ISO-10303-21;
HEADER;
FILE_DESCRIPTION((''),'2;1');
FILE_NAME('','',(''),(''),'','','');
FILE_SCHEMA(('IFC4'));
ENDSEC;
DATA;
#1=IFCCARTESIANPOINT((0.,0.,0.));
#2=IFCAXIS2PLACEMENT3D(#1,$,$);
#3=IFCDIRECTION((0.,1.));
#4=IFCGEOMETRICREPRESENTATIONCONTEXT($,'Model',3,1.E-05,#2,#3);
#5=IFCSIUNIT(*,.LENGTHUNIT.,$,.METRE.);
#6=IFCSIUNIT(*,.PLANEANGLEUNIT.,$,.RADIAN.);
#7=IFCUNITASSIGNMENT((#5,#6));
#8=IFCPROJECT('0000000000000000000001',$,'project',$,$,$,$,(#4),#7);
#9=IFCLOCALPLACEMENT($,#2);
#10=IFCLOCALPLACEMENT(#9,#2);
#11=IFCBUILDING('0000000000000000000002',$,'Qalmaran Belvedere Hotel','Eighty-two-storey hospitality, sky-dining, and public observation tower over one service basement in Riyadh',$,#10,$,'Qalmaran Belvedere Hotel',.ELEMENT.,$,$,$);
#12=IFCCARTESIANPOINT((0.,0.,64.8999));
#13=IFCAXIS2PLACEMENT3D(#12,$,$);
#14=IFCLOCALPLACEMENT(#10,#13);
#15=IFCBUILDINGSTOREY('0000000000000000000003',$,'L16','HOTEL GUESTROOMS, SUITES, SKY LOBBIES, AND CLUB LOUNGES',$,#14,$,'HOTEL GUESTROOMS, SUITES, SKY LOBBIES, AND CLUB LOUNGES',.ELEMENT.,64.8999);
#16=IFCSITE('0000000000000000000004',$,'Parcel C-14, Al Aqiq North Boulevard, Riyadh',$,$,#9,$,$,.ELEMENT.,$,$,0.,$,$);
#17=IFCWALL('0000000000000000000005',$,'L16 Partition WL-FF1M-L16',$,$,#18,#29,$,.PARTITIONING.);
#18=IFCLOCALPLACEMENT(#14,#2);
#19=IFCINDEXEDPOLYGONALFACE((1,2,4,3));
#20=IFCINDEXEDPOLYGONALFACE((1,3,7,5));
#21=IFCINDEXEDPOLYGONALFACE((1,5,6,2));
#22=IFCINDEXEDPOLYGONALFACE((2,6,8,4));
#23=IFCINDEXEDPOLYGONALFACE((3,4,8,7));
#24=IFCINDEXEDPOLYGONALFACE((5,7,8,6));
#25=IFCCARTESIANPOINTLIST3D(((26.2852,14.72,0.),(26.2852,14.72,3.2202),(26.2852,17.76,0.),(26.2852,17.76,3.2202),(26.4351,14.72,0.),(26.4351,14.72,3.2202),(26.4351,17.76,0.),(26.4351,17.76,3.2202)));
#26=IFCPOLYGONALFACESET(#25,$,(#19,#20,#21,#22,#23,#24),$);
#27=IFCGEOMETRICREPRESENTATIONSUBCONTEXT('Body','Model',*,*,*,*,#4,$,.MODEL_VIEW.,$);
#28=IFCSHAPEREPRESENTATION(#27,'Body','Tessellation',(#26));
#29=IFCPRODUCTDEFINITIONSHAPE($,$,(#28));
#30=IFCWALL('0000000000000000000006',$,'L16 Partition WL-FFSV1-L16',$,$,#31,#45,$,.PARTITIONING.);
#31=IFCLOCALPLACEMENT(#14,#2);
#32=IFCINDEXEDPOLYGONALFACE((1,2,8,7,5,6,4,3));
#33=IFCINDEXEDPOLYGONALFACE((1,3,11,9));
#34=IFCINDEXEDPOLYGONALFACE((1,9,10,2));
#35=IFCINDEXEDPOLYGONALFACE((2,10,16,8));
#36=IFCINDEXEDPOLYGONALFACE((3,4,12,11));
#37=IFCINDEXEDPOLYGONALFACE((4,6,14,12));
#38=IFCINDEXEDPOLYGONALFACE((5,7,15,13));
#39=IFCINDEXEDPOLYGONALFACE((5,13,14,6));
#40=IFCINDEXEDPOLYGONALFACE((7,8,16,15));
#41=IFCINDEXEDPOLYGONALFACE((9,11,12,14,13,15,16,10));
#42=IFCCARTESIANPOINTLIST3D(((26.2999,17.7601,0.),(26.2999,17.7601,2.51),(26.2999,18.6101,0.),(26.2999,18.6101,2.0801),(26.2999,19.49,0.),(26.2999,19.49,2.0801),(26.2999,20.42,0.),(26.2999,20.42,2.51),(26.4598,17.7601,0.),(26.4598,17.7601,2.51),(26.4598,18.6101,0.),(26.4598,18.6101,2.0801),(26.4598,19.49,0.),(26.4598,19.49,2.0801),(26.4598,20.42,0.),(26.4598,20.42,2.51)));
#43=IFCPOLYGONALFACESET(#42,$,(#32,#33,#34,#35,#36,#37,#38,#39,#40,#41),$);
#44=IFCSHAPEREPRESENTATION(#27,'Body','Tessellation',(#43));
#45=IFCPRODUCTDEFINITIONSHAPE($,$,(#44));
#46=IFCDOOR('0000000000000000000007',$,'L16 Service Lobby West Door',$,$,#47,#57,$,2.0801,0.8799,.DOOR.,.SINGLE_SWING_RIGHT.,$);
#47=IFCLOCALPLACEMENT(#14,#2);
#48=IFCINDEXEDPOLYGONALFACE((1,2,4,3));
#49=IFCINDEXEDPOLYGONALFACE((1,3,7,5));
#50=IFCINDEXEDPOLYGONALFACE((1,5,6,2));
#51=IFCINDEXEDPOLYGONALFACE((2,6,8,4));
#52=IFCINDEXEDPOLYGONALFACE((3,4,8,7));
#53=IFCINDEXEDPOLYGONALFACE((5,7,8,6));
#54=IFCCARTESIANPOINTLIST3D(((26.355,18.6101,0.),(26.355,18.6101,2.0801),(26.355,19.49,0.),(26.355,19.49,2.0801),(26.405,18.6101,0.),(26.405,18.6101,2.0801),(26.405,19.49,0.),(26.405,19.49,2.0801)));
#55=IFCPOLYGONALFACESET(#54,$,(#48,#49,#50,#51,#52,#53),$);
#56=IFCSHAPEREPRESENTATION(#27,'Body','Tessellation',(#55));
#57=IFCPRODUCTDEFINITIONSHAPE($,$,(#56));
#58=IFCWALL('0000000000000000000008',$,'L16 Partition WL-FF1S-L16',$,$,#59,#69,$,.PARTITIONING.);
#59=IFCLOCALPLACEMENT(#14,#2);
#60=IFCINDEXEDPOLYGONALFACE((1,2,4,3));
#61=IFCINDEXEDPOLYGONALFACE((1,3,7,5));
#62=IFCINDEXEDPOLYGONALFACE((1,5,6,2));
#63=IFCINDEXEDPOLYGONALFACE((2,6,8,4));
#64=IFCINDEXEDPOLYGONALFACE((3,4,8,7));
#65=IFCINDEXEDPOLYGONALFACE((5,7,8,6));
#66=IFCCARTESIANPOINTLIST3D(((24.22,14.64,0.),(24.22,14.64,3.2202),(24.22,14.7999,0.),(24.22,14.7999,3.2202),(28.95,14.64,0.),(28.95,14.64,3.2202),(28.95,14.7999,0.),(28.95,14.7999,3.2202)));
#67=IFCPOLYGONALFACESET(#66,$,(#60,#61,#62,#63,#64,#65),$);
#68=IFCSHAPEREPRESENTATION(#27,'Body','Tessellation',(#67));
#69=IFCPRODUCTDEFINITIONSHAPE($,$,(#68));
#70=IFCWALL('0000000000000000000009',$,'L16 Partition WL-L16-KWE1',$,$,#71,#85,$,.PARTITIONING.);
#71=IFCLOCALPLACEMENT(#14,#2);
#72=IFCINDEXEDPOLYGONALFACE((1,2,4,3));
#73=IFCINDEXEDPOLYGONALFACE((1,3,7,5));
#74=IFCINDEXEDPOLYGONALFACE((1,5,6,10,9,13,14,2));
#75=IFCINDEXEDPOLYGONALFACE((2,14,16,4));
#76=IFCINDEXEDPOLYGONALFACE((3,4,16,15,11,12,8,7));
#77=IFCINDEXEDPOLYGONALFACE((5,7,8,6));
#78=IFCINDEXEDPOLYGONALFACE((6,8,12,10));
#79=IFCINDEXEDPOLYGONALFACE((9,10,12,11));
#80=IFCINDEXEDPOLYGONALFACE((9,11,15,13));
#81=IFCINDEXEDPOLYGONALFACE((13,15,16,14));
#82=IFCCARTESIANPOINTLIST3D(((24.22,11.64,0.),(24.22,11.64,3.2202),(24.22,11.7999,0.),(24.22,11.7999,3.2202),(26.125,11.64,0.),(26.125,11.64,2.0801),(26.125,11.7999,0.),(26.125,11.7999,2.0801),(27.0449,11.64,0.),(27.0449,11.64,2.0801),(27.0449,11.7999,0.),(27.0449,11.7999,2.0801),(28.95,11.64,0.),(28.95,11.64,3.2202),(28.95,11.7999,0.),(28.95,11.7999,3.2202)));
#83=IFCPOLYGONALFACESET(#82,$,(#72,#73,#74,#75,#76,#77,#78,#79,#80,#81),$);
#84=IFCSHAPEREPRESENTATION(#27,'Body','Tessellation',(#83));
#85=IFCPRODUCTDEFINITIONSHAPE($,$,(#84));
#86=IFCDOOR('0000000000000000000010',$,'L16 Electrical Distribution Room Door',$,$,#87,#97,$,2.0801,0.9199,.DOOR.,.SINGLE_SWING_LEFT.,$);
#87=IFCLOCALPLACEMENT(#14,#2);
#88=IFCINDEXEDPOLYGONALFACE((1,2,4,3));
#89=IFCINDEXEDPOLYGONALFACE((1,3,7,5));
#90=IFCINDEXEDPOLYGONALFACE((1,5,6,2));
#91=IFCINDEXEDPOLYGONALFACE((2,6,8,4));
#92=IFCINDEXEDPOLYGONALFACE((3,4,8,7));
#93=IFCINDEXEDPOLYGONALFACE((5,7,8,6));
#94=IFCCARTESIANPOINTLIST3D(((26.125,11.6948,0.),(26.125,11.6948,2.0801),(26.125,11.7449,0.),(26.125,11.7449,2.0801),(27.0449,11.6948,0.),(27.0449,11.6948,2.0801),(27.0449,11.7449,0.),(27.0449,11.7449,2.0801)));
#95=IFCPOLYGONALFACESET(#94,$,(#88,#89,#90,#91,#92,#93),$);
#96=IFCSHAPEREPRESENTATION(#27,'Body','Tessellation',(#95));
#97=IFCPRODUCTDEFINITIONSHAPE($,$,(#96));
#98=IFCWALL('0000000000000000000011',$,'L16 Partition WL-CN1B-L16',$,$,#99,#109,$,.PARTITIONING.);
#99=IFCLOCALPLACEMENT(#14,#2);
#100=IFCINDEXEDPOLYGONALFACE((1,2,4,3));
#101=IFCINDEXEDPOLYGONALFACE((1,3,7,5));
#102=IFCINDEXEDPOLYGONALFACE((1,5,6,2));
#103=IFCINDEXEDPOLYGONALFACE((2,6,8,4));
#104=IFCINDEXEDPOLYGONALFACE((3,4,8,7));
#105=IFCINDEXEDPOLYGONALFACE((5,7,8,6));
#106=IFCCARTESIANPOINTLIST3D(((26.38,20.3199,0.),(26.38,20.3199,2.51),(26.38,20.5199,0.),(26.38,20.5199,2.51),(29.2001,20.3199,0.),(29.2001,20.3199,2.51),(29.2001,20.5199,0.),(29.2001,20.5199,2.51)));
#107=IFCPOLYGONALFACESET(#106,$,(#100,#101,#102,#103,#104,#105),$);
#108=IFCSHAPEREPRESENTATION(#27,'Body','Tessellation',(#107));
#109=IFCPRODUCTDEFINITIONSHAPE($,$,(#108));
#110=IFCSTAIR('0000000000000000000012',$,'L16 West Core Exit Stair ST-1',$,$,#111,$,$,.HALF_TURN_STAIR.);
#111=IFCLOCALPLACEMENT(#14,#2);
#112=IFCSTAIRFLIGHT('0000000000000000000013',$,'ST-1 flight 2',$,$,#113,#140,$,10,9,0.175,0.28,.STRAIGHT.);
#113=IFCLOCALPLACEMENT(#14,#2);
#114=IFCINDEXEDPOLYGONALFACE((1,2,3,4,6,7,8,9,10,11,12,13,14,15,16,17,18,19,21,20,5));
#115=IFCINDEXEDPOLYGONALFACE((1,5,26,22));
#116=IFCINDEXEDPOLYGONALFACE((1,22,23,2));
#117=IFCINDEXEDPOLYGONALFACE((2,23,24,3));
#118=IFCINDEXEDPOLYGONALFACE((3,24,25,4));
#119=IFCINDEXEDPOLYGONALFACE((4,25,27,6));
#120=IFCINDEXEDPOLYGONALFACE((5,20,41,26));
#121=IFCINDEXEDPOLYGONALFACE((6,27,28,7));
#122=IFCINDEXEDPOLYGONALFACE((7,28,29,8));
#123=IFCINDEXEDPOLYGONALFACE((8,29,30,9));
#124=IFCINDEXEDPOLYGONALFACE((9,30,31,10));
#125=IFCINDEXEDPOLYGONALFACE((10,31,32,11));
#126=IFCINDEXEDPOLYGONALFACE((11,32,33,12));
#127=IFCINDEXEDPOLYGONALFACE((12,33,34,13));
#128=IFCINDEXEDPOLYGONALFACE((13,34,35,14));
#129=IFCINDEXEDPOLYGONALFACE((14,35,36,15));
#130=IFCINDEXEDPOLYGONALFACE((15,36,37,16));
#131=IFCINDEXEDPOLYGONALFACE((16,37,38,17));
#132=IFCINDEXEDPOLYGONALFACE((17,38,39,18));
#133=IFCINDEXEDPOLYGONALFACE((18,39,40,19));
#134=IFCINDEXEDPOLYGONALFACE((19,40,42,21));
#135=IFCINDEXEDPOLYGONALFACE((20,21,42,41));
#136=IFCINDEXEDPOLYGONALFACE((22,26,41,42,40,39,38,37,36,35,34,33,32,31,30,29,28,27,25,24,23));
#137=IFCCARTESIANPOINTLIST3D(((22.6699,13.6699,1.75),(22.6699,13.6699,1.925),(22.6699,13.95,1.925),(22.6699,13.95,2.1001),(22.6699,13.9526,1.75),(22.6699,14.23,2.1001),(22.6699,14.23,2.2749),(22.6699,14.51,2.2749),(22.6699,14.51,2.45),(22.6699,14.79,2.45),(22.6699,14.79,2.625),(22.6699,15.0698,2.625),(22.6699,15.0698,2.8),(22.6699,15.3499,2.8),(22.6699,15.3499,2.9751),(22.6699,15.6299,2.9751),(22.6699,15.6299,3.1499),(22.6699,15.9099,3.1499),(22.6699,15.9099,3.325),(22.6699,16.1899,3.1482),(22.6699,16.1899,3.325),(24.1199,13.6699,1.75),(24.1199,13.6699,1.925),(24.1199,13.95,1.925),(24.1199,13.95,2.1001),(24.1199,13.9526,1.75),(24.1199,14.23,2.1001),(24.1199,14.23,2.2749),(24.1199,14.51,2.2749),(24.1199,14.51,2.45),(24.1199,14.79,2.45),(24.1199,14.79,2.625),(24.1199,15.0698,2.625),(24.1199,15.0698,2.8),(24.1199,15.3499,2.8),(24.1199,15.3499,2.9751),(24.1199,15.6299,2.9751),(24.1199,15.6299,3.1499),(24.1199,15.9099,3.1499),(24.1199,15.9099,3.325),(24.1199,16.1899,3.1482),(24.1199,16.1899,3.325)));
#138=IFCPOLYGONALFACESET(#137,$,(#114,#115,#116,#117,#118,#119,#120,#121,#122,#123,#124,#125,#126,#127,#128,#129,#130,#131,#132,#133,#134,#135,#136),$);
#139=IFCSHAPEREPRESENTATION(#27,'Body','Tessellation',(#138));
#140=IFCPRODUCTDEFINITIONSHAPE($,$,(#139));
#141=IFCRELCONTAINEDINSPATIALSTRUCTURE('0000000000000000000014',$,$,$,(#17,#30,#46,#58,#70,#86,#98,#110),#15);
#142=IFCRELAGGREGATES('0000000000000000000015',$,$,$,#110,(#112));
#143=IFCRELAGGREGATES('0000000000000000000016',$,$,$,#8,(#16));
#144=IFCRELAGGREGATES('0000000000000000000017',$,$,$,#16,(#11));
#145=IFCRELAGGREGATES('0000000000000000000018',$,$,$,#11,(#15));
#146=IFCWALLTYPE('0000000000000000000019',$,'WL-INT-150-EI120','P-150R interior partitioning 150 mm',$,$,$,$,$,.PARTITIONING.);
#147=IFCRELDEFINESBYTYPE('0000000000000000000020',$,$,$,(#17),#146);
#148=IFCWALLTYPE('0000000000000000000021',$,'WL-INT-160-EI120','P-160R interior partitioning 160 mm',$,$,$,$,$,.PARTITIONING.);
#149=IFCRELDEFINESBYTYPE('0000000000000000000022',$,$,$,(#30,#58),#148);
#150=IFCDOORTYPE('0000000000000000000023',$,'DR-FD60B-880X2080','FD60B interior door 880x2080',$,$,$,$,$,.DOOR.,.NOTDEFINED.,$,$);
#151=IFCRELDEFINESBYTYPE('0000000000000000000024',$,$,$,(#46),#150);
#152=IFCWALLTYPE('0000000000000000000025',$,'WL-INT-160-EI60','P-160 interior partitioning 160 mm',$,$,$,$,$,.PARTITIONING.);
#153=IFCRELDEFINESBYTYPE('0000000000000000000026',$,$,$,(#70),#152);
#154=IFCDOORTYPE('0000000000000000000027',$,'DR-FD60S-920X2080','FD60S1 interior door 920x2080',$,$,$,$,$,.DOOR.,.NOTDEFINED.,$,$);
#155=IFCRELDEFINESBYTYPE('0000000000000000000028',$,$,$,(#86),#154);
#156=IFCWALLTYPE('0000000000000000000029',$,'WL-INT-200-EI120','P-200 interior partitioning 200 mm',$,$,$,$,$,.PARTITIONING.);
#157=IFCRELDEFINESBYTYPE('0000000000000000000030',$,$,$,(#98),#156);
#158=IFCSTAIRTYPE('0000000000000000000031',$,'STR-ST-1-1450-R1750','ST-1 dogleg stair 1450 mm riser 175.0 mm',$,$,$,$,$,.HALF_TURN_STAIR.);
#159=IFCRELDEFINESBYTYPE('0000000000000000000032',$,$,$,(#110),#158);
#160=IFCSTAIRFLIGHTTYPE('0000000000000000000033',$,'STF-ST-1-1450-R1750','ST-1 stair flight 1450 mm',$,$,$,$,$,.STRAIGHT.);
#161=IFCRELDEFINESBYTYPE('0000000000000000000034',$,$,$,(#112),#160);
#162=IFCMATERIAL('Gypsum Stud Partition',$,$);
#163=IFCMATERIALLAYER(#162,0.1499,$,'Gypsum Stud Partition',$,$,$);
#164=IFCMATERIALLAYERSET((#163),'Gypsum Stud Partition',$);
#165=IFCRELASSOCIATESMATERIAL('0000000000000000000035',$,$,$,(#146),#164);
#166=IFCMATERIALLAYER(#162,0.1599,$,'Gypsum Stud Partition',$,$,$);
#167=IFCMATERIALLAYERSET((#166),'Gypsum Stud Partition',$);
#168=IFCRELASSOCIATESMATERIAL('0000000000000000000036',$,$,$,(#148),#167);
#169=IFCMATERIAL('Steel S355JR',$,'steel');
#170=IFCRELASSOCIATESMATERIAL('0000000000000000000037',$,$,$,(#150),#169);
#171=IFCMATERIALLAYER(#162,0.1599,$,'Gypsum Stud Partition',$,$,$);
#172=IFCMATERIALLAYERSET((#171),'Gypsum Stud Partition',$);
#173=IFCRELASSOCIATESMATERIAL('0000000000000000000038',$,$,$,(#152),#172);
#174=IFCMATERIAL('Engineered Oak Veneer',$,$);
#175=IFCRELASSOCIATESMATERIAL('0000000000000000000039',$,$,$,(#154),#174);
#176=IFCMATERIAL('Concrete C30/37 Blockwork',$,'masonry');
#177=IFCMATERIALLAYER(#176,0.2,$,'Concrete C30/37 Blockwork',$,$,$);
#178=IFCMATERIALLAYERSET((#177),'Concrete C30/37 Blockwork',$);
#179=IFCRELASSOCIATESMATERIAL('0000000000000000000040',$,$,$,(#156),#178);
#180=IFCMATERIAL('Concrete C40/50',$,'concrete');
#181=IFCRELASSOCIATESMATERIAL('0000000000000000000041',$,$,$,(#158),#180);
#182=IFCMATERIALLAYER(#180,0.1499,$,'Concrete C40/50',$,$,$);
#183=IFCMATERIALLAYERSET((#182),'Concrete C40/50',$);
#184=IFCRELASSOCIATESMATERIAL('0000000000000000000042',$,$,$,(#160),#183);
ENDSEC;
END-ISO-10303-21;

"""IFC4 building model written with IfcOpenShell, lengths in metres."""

from ifc_helpers import new_model, si_unit, direction, frame, frame_2d, origin, place, context, subcontext, project, spatial, polyline, rectangle, outline, extrude, material, layer, layer_set, type_object, element, fill, aggregate, save


model = new_model("IFC4")

# Units and contexts
model_context = context("Model", 3, precision=1e-05, world=origin(), true_north=direction((0.0, 1.0)))
body_context = subcontext(model_context, "Body", "Model", "MODEL_VIEW")
ifc_project = project(units=[si_unit("LENGTHUNIT", "METRE"), si_unit("PLANEANGLEUNIT", "RADIAN")], contexts=[model_context])

# Site, building, storey
site_placement = place(None, origin())
site = spatial("IfcSite", under=ifc_project, at=site_placement, Name="Parcel C-14, Al Aqiq North Boulevard, Riyadh", CompositionType="ELEMENT", RefElevation=0.0)
building_placement = place(site_placement, origin())
building = spatial("IfcBuilding", under=site, at=building_placement, Name="Qalmaran Belvedere Hotel", Description="Eighty-two-storey hospitality, sky-dining, and public observation tower over one service basement in Riyadh", LongName="Qalmaran Belvedere Hotel", CompositionType="ELEMENT")
storey_placement = place(building_placement, frame((0.0, 0.0, 64.8999)))
storey = spatial("IfcBuildingStorey", under=building, at=storey_placement, Name="L16", Description="HOTEL GUESTROOMS, SUITES, SKY LOBBIES, AND CLUB LOUNGES", LongName="HOTEL GUESTROOMS, SUITES, SKY LOBBIES, AND CLUB LOUNGES", CompositionType="ELEMENT", Elevation=64.8999)

# Wall
ifc_material_1 = material(Name="Gypsum Stud Partition")
ifc_layer_1 = layer(ifc_material_1, 0.1499, Name="Gypsum Stud Partition")
ifc_layer_set_1 = layer_set([ifc_layer_1], Name="Gypsum Stud Partition")
wall_type_1 = type_object("IfcWallType", Name="WL-INT-150-EI120", Description="P-150R interior partitioning 150 mm", PredefinedType="PARTITIONING", material=ifc_layer_set_1)
wall_1_placement = place(storey_placement, frame((26.3601, 14.72, 0.0), z_axis=(0.0, 0.0, 1.0), x_axis=(0.0, 1.0, 0.0)))
element("IfcWall", 1, at=wall_1_placement, inside=storey, type_object=wall_type_1, Name="L16 Partition WL-FF1M-L16", PredefinedType="PARTITIONING", context=body_context, shape_type="SweptSolid", body=[
    extrude(rectangle(XDim=3.04, YDim=0.1499, at=frame_2d((1.52, 0.0))), origin(), (0.0, 0.0, 1.0), 3.2202),
])

# Wall, opening, door
ifc_layer_2 = layer(ifc_material_1, 0.1599, Name="Gypsum Stud Partition")
ifc_layer_set_2 = layer_set([ifc_layer_2], Name="Gypsum Stud Partition")
wall_type_2 = type_object("IfcWallType", Name="WL-INT-160-EI120", Description="P-160R interior partitioning 160 mm", PredefinedType="PARTITIONING", material=ifc_layer_set_2)
wall_2_placement = place(storey_placement, frame((26.3799, 17.76, 0.0), z_axis=(0.0, 0.0, 1.0), x_axis=(0.0, 1.0, 0.0)))
wall_2 = element("IfcWall", 2, at=wall_2_placement, inside=storey, type_object=wall_type_2, Name="L16 Partition WL-FFSV1-L16", PredefinedType="PARTITIONING", context=body_context, shape_type="SweptSolid", body=[
    extrude(rectangle(XDim=2.6599, YDim=0.1599, at=frame_2d((1.3301, 0.0))), origin(), (0.0, 0.0, 1.0), 2.51),
])
opening_1_placement = place(wall_2_placement, frame((0.8501, 0.0, 0.0)))
opening_1 = element("IfcOpeningElement", 3, at=opening_1_placement, cuts=wall_2, PredefinedType="OPENING", context=body_context, shape_type="SweptSolid", body=[
    extrude(rectangle(XDim=0.8799, YDim=2.0801, at=frame_2d((0.4399, 1.04))), frame((0.0, 0.0898, 0.0), z_axis=(0.0, -1.0, 0.0), x_axis=(1.0, 0.0, 0.0)), (0.0, 0.0, 1.0), 0.1799),
])
ifc_material_2 = material(Name="Steel S355JR", Category="steel")
door_type_1 = type_object("IfcDoorType", Name="DR-FD60B-880X2080", Description="FD60B interior door 880x2080", OperationType="NOTDEFINED", PredefinedType="DOOR", material=ifc_material_2)
door_1_placement = place(opening_1_placement, origin())
door_1 = element("IfcDoor", 4, at=door_1_placement, inside=storey, type_object=door_type_1, Name="L16 Service Lobby West Door", OperationType="SINGLE_SWING_RIGHT", OverallHeight=2.0801, OverallWidth=0.8799, PredefinedType="DOOR", context=body_context, shape_type="SweptSolid", body=[
    extrude(rectangle(XDim=0.8799, YDim=2.0801, at=frame_2d((0.4399, 1.04))), frame((0.0, 0.0249, 0.0), z_axis=(0.0, -1.0, 0.0), x_axis=(1.0, 0.0, 0.0)), (0.0, 0.0, 1.0), 0.05),
])
fill(opening_1, door_1)

# Wall
wall_3_placement = place(storey_placement, frame((24.22, 14.72, 0.0), z_axis=(0.0, 0.0, 1.0), x_axis=(1.0, 0.0, 0.0)))
element("IfcWall", 5, at=wall_3_placement, inside=storey, type_object=wall_type_2, Name="L16 Partition WL-FF1S-L16", PredefinedType="PARTITIONING", context=body_context, shape_type="SweptSolid", body=[
    extrude(rectangle(XDim=4.73, YDim=0.1599, at=frame_2d((2.365, 0.0))), origin(), (0.0, 0.0, 1.0), 3.2202),
])

# Wall, opening, door
ifc_layer_3 = layer(ifc_material_1, 0.1599, Name="Gypsum Stud Partition")
ifc_layer_set_3 = layer_set([ifc_layer_3], Name="Gypsum Stud Partition")
wall_type_3 = type_object("IfcWallType", Name="WL-INT-160-EI60", Description="P-160 interior partitioning 160 mm", PredefinedType="PARTITIONING", material=ifc_layer_set_3)
wall_4_placement = place(storey_placement, frame((24.22, 11.72, 0.0), z_axis=(0.0, 0.0, 1.0), x_axis=(1.0, 0.0, 0.0)))
wall_4 = element("IfcWall", 6, at=wall_4_placement, inside=storey, type_object=wall_type_3, Name="L16 Partition WL-L16-KWE1", PredefinedType="PARTITIONING", context=body_context, shape_type="SweptSolid", body=[
    extrude(rectangle(XDim=4.73, YDim=0.1599, at=frame_2d((2.365, 0.0))), origin(), (0.0, 0.0, 1.0), 3.2202),
])
opening_2_placement = place(wall_4_placement, frame((1.905, 0.0, 0.0)))
opening_2 = element("IfcOpeningElement", 7, at=opening_2_placement, cuts=wall_4, PredefinedType="OPENING", context=body_context, shape_type="SweptSolid", body=[
    extrude(rectangle(XDim=0.9199, YDim=2.0801, at=frame_2d((0.46, 1.04))), frame((0.0, 0.0898, 0.0), z_axis=(0.0, -1.0, 0.0), x_axis=(1.0, 0.0, 0.0)), (0.0, 0.0, 1.0), 0.1799),
])
ifc_material_3 = material(Name="Engineered Oak Veneer")
door_type_2 = type_object("IfcDoorType", Name="DR-FD60S-920X2080", Description="FD60S1 interior door 920x2080", OperationType="NOTDEFINED", PredefinedType="DOOR", material=ifc_material_3)
door_2_placement = place(opening_2_placement, origin())
door_2 = element("IfcDoor", 8, at=door_2_placement, inside=storey, type_object=door_type_2, Name="L16 Electrical Distribution Room Door", OperationType="SINGLE_SWING_LEFT", OverallHeight=2.0801, OverallWidth=0.9199, PredefinedType="DOOR", context=body_context, shape_type="SweptSolid", body=[
    extrude(rectangle(XDim=0.9199, YDim=2.0801, at=frame_2d((0.46, 1.04))), frame((0.0, 0.0249, 0.0), z_axis=(0.0, -1.0, 0.0), x_axis=(1.0, 0.0, 0.0)), (0.0, 0.0, 1.0), 0.05),
])
fill(opening_2, door_2)

# Wall
ifc_material_4 = material(Name="Concrete C30/37 Blockwork", Category="masonry")
ifc_layer_4 = layer(ifc_material_4, 0.2, Name="Concrete C30/37 Blockwork")
ifc_layer_set_4 = layer_set([ifc_layer_4], Name="Concrete C30/37 Blockwork")
wall_type_4 = type_object("IfcWallType", Name="WL-INT-200-EI120", Description="P-200 interior partitioning 200 mm", PredefinedType="PARTITIONING", material=ifc_layer_set_4)
wall_5_placement = place(storey_placement, frame((26.3799, 20.4199, 0.0), z_axis=(0.0, 0.0, 1.0), x_axis=(1.0, 0.0, 0.0)))
element("IfcWall", 9, at=wall_5_placement, inside=storey, type_object=wall_type_4, Name="L16 Partition WL-CN1B-L16", PredefinedType="PARTITIONING", context=body_context, shape_type="SweptSolid", body=[
    extrude(rectangle(XDim=2.8201, YDim=0.2, at=frame_2d((1.4102, 0.0))), origin(), (0.0, 0.0, 1.0), 2.51),
])

# Stair, stair flight
ifc_material_5 = material(Name="Concrete C40/50", Category="concrete")
stair_type = type_object("IfcStairType", Name="STR-ST-1-1450-R1750", Description="ST-1 dogleg stair 1450 mm riser 175.0 mm", PredefinedType="HALF_TURN_STAIR", material=ifc_material_5)
stair_placement = place(storey_placement, origin())
stair = element("IfcStair", 10, at=stair_placement, inside=storey, type_object=stair_type, Name="L16 West Core Exit Stair ST-1", PredefinedType="HALF_TURN_STAIR")
ifc_layer_5 = layer(ifc_material_5, 0.1499, Name="Concrete C40/50")
ifc_layer_set_5 = layer_set([ifc_layer_5], Name="Concrete C40/50")
stair_flight_type = type_object("IfcStairFlightType", Name="STF-ST-1-1450-R1750", Description="ST-1 stair flight 1450 mm", PredefinedType="STRAIGHT", material=ifc_layer_set_5)
stair_flight_placement = place(storey_placement, frame((23.395, 13.6699, 1.75), z_axis=(0.0, 0.0, 1.0), x_axis=(0.0, 1.0, 0.0)))
stair_flight = element("IfcStairFlight", 11, at=stair_flight_placement, type_object=stair_flight_type, Name="ST-1 flight 2", NumberOfRisers=10, NumberOfTreads=9, PredefinedType="STRAIGHT", RiserHeight=0.175, TreadLength=0.28, context=body_context, shape_type="SweptSolid", body=[
    extrude(outline(polyline([(0.0, 0.0), (0.0, 0.175), (0.28, 0.175), (0.28, 0.3501), (0.5601, 0.3501), (0.5601, 0.5249), (0.8401, 0.5249), (0.8401, 0.7), (1.1201, 0.7), (1.1201, 0.875), (1.3999, 0.875), (1.3999, 1.05), (1.6799, 1.05), (1.6799, 1.2251), (1.96, 1.2251), (1.96, 1.3999), (2.24, 1.3999), (2.24, 1.575), (2.52, 1.575), (2.52, 1.75), (2.52, 1.3982), (0.2827, 0.0), (0.0, 0.0)])), frame((0.0, 0.7251, 0.0), z_axis=(0.0, -1.0, 0.0), x_axis=(1.0, 0.0, 0.0)), (0.0, 0.0, 1.0), 1.45),
])
aggregate(stair, [stair_flight])

save(model, "model.ifc")
